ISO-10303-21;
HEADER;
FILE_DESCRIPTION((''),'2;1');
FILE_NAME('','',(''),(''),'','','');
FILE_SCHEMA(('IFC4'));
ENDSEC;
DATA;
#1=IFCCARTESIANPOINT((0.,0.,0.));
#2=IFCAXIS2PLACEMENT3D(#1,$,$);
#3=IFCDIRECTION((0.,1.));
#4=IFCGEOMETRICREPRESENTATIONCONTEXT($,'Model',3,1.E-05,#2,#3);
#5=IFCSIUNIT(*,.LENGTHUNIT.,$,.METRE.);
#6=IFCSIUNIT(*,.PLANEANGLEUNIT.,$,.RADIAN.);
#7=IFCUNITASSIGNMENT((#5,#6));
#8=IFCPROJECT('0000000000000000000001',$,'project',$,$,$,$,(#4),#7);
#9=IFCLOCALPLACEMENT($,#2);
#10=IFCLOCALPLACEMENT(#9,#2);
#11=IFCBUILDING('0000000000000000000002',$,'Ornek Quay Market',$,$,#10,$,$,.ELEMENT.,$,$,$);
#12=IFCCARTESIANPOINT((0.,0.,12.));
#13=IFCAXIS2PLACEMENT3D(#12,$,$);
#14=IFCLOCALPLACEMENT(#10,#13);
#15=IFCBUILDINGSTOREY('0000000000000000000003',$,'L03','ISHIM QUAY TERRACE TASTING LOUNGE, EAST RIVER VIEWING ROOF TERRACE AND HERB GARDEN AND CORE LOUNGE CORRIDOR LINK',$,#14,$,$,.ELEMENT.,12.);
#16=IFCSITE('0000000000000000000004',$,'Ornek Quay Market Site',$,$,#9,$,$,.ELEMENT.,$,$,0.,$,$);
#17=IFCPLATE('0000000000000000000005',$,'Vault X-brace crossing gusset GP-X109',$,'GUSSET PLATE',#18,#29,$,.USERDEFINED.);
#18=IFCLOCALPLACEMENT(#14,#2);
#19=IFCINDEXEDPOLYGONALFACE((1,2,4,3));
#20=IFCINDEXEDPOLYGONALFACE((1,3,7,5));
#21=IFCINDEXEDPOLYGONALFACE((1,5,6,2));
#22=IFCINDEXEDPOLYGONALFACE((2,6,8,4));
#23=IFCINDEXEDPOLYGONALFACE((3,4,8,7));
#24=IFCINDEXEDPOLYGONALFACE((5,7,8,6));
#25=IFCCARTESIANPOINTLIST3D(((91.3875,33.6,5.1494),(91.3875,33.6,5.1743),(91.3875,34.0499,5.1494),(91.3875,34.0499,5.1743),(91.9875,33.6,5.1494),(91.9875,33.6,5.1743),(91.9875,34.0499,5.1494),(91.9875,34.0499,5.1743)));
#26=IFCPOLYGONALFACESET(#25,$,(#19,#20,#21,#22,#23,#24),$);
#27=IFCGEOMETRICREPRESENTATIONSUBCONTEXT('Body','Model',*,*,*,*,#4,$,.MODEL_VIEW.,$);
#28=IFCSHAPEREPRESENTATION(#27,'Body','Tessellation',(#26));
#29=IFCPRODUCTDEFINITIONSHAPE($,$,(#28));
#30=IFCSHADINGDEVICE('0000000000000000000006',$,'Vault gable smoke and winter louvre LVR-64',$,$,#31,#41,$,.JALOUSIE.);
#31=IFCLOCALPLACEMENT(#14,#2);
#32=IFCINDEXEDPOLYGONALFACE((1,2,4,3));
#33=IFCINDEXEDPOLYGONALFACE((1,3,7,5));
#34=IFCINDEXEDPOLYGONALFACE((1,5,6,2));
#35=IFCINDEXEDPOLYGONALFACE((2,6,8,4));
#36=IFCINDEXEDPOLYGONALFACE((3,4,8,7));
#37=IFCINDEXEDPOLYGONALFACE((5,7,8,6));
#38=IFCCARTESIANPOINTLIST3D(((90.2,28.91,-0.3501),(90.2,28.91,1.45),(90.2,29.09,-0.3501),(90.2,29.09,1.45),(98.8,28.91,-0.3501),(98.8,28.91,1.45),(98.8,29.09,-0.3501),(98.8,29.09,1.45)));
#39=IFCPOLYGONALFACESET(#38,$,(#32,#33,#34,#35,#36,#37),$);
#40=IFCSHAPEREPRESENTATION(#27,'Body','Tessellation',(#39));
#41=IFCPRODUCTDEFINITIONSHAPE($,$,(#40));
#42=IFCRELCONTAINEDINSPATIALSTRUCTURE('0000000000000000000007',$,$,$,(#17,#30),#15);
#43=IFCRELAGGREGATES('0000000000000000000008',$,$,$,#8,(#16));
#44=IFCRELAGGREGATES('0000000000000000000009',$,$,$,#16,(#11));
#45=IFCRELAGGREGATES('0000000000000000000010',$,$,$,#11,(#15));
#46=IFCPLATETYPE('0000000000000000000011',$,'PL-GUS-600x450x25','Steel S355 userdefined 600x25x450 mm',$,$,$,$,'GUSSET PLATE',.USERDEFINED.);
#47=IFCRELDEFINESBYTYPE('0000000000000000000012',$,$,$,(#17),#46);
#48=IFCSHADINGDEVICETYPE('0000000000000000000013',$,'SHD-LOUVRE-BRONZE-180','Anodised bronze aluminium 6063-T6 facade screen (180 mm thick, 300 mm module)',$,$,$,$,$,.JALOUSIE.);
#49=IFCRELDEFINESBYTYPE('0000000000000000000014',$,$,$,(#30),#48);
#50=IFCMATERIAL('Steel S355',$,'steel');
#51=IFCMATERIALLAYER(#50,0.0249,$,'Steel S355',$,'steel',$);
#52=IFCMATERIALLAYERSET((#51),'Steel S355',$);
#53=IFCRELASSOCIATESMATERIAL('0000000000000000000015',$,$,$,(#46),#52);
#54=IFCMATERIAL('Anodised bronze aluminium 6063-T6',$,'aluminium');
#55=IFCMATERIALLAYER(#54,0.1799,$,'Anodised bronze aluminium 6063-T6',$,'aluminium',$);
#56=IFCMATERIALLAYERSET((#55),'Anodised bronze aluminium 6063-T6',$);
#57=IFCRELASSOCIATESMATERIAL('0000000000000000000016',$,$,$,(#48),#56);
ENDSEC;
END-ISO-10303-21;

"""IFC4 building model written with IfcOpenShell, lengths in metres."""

from ifc_helpers import new_model, si_unit, direction, frame, frame_2d, origin, origin_2d, place, context, subcontext, project, spatial, rectangle, extrude, material, layer, layer_set, type_object, element, save


model = new_model("IFC4")

# Units and contexts
model_context = context("Model", 3, precision=1e-05, world=origin(), true_north=direction((0.0, 1.0)))
body_context = subcontext(model_context, "Body", "Model", "MODEL_VIEW")
ifc_project = project(units=[si_unit("LENGTHUNIT", "METRE"), si_unit("PLANEANGLEUNIT", "RADIAN")], contexts=[model_context])

# Site, building, storey
site_placement = place(None, origin())
site = spatial("IfcSite", under=ifc_project, at=site_placement, Name="Ornek Quay Market Site", CompositionType="ELEMENT", RefElevation=0.0)
building_placement = place(site_placement, origin())
building = spatial("IfcBuilding", under=site, at=building_placement, Name="Ornek Quay Market", CompositionType="ELEMENT")
storey_placement = place(building_placement, frame((0.0, 0.0, 12.0)))
storey = spatial("IfcBuildingStorey", under=building, at=storey_placement, Name="L03", Description="ISHIM QUAY TERRACE TASTING LOUNGE, EAST RIVER VIEWING ROOF TERRACE AND HERB GARDEN AND CORE LOUNGE CORRIDOR LINK", CompositionType="ELEMENT", Elevation=12.0)

# Shared definitions
ifc_material_1 = material(Name="Steel S355", Category="steel")

# Plate
ifc_layer_1 = layer(ifc_material_1, 0.0249, Name="Steel S355", Category="steel")
ifc_layer_set_1 = layer_set([ifc_layer_1], Name="Steel S355")
plate_type_1 = type_object("IfcPlateType", Name="PL-GUS-600x450x25", Description="Steel S355 userdefined 600x25x450 mm", ElementType="GUSSET PLATE", PredefinedType="USERDEFINED", material=ifc_layer_set_1)
for number, where, z_axis, x_axis, name in (
    (1, (91.6875, 33.825, 5.1494), (0.0, 0.0, 1.0), (1.0, 0.0, 0.0), "Vault X-brace crossing gusset GP-X109"),
):
    element("IfcPlate", number, at=place(storey_placement, frame(where, z_axis=z_axis, x_axis=x_axis)), inside=storey, type_object=plate_type_1, Name=name, ObjectType="GUSSET PLATE", PredefinedType="USERDEFINED", context=body_context, shape_type="SweptSolid", body=[
        extrude(rectangle(XDim=0.6001, YDim=0.45, at=origin_2d()), origin(), (0.0, 0.0, 1.0), 0.0249),
    ])

# Shading device
ifc_material_2 = material(Name="Anodised bronze aluminium 6063-T6", Category="aluminium")
ifc_layer_2 = layer(ifc_material_2, 0.1799, Name="Anodised bronze aluminium 6063-T6", Category="aluminium")
ifc_layer_set_2 = layer_set([ifc_layer_2], Name="Anodised bronze aluminium 6063-T6")
shading_device_type = type_object("IfcShadingDeviceType", Name="SHD-LOUVRE-BRONZE-180", Description="Anodised bronze aluminium 6063-T6 facade screen (180 mm thick, 300 mm module)", PredefinedType="JALOUSIE", material=ifc_layer_set_2)
shading_device_placement = place(storey_placement, frame((90.2, 29.0, -0.3501), z_axis=(0.0, 0.0, 1.0), x_axis=(1.0, 0.0, 0.0)))
element("IfcShadingDevice", 2, at=shading_device_placement, inside=storey, type_object=shading_device_type, Name="Vault gable smoke and winter louvre LVR-64", PredefinedType="JALOUSIE", context=body_context, shape_type="SweptSolid", body=[
    extrude(rectangle(XDim=8.6001, YDim=0.1799, at=frame_2d((4.3, 0.0))), origin(), (0.0, 0.0, 1.0), 1.8),
])

save(model, "model.ifc")
